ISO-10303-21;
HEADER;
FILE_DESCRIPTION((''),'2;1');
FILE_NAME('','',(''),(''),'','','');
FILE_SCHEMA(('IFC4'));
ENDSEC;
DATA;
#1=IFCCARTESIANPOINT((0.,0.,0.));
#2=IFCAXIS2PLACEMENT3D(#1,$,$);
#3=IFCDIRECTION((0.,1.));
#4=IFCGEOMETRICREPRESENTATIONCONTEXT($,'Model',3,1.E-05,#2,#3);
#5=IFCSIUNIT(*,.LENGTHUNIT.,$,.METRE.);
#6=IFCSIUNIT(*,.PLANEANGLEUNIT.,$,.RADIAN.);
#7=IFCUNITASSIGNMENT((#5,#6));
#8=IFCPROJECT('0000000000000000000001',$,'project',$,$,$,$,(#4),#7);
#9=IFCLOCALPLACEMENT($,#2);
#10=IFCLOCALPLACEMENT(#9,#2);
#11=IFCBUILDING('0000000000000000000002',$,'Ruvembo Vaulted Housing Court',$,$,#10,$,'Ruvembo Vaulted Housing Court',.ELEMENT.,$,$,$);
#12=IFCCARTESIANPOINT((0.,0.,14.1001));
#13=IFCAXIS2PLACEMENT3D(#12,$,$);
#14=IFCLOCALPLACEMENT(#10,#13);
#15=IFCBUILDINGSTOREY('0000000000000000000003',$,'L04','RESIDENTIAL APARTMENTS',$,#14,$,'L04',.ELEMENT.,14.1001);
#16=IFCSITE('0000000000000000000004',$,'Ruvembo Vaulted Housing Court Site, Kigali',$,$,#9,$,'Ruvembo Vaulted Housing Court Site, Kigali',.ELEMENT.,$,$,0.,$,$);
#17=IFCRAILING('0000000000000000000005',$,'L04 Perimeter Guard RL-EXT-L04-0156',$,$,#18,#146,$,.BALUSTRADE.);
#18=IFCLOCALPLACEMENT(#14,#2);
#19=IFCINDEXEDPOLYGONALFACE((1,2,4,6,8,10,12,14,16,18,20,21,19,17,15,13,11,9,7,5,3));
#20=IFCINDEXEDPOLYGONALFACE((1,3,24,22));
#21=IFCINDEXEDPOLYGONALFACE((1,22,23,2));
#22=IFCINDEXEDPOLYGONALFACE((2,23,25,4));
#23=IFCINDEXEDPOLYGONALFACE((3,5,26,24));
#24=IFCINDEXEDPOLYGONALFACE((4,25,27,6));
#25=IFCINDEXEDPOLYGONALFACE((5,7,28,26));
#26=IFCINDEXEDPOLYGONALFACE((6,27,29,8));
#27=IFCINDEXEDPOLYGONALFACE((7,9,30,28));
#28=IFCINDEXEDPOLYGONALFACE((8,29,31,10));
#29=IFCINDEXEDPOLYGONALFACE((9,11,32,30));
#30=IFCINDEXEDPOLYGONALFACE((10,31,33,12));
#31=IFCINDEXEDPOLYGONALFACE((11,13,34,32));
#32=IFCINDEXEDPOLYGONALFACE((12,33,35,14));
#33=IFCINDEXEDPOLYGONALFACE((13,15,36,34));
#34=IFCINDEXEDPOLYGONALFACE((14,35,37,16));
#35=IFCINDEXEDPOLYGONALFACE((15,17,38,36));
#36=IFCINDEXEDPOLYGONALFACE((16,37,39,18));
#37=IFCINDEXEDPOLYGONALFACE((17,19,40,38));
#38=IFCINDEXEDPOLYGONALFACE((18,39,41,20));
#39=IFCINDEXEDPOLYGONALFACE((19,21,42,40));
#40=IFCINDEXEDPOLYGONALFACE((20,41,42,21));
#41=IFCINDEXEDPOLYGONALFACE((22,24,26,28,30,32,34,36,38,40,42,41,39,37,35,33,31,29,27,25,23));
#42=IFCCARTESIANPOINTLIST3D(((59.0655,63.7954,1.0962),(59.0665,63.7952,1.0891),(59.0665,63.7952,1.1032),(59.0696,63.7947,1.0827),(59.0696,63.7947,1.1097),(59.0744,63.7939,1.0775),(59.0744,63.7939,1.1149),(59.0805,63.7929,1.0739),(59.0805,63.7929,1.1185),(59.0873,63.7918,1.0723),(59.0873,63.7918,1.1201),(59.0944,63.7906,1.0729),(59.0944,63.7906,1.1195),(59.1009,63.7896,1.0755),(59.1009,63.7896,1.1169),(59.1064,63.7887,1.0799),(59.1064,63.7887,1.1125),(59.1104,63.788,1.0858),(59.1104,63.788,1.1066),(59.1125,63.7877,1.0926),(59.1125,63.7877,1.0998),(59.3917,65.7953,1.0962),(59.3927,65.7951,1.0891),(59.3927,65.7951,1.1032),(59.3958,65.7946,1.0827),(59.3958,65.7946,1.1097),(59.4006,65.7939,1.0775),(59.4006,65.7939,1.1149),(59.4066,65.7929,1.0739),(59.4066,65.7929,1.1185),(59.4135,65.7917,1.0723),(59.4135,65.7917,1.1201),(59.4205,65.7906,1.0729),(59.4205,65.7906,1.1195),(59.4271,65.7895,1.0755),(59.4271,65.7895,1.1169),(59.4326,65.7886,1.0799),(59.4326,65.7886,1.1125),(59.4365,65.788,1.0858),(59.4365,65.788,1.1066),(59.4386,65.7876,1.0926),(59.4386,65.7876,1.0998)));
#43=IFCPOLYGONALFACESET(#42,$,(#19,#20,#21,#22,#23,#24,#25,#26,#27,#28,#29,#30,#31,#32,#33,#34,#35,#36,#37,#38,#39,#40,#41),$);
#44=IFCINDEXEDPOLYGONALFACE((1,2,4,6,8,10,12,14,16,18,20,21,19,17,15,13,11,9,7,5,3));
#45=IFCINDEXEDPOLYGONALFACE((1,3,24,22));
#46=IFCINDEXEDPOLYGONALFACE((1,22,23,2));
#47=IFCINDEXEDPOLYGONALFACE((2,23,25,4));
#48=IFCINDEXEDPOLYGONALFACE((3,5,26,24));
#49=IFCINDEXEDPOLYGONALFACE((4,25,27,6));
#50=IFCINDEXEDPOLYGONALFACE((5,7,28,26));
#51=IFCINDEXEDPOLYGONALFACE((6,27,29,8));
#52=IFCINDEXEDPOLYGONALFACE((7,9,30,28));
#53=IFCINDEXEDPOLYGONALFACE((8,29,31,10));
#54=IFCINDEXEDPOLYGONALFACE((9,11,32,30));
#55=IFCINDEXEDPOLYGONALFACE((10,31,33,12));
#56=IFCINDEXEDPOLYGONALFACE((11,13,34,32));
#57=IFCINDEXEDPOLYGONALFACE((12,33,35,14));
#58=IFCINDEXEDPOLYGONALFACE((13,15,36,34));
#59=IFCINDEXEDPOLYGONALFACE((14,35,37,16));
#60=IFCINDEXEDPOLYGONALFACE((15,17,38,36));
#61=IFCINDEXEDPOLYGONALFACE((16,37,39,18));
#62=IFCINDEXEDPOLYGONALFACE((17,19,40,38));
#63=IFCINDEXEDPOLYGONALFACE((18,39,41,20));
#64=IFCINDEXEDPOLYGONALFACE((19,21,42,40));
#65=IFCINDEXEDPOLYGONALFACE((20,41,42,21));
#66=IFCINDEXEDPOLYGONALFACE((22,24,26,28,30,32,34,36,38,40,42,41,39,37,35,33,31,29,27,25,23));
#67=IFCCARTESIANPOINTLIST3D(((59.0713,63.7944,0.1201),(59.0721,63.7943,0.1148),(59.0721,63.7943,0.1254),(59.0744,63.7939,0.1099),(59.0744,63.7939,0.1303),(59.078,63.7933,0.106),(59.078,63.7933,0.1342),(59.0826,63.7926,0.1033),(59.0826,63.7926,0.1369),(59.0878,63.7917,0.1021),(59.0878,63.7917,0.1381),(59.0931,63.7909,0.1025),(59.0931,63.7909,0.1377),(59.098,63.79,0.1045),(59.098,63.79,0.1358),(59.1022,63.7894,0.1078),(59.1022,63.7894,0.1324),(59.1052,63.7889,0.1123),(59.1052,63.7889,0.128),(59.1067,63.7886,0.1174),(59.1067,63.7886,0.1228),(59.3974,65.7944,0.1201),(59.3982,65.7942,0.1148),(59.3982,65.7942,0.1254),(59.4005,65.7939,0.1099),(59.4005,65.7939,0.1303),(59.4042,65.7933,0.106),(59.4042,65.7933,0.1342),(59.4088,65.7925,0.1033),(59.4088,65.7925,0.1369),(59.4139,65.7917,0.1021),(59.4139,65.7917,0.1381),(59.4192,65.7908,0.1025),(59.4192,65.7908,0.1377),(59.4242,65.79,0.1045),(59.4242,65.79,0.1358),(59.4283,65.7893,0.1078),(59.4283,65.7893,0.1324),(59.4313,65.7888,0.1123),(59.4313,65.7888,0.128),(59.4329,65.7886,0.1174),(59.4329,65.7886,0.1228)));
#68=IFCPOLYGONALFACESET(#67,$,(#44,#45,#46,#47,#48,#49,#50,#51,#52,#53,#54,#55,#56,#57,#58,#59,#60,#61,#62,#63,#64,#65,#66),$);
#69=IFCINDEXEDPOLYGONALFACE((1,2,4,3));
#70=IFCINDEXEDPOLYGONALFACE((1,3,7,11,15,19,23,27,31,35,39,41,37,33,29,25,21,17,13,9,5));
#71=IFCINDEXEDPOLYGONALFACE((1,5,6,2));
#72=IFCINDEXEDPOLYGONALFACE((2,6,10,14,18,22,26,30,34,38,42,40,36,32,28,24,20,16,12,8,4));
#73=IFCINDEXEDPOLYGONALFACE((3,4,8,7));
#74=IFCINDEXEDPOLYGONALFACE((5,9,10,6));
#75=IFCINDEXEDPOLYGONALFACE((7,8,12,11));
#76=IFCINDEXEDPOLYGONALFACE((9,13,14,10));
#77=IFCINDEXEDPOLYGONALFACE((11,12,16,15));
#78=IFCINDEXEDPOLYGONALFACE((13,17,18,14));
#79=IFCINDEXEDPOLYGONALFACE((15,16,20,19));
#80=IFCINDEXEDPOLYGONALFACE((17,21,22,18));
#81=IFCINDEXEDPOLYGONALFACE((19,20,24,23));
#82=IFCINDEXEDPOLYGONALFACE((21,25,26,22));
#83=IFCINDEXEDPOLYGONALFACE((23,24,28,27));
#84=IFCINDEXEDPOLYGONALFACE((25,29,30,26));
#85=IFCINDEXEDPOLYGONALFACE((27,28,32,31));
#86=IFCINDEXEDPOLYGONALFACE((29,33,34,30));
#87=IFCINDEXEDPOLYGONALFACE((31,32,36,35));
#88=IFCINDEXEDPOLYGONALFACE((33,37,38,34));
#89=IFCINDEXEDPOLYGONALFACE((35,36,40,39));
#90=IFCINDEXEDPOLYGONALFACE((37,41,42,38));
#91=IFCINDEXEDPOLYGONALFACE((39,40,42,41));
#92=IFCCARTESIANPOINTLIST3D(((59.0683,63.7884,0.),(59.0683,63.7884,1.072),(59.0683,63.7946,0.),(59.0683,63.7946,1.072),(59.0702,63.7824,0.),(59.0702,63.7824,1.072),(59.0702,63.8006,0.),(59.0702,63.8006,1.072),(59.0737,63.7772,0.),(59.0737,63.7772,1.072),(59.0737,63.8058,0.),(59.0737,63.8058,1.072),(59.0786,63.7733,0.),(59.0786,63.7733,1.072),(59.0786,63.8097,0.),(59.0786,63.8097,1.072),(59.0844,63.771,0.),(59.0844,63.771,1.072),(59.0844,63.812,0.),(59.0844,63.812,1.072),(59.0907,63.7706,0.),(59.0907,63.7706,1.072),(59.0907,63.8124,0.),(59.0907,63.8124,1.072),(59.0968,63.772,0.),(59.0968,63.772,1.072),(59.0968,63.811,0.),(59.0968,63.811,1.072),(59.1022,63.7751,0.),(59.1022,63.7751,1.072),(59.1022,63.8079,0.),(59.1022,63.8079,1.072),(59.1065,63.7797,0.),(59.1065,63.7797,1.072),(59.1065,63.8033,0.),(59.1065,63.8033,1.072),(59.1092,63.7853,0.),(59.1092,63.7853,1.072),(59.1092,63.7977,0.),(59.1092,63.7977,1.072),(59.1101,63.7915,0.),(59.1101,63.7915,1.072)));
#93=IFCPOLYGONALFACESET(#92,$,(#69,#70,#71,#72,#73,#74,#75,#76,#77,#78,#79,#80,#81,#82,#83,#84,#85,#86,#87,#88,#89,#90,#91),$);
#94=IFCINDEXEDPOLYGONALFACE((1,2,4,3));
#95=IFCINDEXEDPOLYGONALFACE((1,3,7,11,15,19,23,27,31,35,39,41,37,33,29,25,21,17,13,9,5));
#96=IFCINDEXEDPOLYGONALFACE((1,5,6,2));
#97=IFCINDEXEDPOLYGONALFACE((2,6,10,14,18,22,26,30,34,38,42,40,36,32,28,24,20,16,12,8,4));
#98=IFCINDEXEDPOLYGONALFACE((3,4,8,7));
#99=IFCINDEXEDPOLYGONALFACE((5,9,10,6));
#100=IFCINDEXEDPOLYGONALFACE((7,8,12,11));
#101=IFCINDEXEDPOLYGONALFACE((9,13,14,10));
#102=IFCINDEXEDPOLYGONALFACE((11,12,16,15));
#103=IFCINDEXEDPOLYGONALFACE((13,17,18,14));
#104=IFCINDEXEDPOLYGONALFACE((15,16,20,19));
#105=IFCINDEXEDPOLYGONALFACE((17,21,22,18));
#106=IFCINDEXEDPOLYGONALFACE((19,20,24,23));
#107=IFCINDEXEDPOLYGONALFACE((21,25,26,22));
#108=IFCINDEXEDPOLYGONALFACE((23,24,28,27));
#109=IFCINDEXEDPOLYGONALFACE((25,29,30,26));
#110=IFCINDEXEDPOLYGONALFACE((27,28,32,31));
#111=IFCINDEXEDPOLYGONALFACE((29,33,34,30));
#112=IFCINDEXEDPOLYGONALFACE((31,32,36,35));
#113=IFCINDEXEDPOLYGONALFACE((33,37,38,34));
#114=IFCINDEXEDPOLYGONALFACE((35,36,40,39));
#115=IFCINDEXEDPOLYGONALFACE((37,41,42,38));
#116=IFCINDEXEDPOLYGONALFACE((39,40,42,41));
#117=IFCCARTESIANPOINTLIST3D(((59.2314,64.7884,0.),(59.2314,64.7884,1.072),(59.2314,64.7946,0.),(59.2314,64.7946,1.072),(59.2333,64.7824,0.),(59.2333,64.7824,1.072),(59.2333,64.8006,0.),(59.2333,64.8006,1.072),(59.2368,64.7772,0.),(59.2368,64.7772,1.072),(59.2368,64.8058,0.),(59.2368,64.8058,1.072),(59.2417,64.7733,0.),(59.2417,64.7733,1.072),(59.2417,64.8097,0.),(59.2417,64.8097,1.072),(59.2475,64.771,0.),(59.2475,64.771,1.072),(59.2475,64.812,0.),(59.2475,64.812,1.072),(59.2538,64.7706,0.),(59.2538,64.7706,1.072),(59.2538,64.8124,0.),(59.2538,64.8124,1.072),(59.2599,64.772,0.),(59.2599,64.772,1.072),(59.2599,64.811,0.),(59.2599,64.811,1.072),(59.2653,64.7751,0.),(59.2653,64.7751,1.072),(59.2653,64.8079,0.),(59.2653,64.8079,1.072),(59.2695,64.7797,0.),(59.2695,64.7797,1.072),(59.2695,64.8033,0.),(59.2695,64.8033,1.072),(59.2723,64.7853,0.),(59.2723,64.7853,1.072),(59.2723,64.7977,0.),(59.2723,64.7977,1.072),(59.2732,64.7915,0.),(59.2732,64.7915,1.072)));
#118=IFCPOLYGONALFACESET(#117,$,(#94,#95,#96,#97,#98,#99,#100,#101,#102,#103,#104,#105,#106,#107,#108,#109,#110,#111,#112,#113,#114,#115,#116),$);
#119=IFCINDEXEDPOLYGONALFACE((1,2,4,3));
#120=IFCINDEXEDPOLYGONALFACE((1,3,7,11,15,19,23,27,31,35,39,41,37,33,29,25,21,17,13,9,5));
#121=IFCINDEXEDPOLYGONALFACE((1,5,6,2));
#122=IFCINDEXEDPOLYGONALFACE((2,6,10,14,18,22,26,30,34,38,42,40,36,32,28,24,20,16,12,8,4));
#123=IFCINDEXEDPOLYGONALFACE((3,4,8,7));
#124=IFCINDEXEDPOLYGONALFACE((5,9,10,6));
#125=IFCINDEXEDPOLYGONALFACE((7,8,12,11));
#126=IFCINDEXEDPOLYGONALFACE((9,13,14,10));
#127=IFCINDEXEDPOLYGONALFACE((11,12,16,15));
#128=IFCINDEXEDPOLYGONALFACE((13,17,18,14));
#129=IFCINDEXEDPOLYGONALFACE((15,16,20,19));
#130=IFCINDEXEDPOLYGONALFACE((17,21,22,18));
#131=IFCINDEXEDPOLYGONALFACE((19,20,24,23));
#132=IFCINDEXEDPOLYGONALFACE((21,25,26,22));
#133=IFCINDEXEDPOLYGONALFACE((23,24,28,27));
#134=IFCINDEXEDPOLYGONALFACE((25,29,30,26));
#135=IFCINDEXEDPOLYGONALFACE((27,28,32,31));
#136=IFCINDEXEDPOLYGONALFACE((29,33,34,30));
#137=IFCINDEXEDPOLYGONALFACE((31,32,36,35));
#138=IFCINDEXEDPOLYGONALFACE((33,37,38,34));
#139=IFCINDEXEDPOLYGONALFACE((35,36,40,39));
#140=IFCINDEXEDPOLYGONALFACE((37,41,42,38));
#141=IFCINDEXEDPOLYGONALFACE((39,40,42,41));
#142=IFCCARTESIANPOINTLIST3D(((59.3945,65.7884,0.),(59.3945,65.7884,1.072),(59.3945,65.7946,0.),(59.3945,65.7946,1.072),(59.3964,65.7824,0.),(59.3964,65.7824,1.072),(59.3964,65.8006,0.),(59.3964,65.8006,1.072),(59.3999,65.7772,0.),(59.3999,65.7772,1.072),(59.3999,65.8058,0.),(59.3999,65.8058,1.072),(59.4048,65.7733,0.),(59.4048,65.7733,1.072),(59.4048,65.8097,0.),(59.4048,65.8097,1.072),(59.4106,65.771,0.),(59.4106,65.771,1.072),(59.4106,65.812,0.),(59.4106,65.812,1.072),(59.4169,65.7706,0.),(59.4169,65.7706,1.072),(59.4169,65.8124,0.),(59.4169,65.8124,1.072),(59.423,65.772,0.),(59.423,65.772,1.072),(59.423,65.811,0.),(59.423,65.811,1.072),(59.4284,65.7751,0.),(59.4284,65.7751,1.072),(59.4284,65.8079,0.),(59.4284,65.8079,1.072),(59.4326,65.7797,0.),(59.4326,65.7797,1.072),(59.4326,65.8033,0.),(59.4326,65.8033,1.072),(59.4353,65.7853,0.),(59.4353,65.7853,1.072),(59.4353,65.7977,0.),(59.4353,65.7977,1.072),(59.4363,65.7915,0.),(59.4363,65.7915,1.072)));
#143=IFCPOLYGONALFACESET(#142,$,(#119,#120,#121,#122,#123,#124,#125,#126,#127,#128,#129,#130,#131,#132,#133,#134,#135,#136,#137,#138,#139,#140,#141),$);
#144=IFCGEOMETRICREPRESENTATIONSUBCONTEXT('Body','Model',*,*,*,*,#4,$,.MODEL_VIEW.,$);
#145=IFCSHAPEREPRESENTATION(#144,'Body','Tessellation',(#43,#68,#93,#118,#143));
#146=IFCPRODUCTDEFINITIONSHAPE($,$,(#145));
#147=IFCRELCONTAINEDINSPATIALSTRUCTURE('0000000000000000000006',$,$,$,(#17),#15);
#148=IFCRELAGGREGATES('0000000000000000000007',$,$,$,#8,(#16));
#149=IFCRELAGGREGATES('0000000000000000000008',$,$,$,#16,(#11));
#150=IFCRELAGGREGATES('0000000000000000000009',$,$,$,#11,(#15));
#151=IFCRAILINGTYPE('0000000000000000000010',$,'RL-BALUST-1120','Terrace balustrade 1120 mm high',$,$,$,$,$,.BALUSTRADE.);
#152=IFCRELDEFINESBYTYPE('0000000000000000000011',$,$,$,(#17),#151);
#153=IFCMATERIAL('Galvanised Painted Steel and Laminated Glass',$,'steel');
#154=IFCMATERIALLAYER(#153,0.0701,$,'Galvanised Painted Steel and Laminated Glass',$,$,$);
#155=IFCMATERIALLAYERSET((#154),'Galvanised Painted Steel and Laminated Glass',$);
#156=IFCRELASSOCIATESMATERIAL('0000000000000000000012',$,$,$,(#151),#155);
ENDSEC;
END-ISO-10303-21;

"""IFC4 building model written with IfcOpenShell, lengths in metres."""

from ifc_helpers import new_model, si_unit, direction, frame, origin, origin_2d, place, context, subcontext, project, spatial, circle, extrude, material, layer, layer_set, type_object, element, save


model = new_model("IFC4")

# Units and contexts
model_context = context("Model", 3, precision=1e-05, world=origin(), true_north=direction((0.0, 1.0)))
body_context = subcontext(model_context, "Body", "Model", "MODEL_VIEW")
ifc_project = project(units=[si_unit("LENGTHUNIT", "METRE"), si_unit("PLANEANGLEUNIT", "RADIAN")], contexts=[model_context])

# Site, building, storey
site_placement = place(None, origin())
site = spatial("IfcSite", under=ifc_project, at=site_placement, Name="Ruvembo Vaulted Housing Court Site, Kigali", LongName="Ruvembo Vaulted Housing Court Site, Kigali", CompositionType="ELEMENT", RefElevation=0.0)
building_placement = place(site_placement, origin())
building = spatial("IfcBuilding", under=site, at=building_placement, Name="Ruvembo Vaulted Housing Court", LongName="Ruvembo Vaulted Housing Court", CompositionType="ELEMENT")
storey_placement = place(building_placement, frame((0.0, 0.0, 14.1001)))
storey = spatial("IfcBuildingStorey", under=building, at=storey_placement, Name="L04", Description="RESIDENTIAL APARTMENTS", LongName="L04", CompositionType="ELEMENT", Elevation=14.1001)

# Railing
ifc_material_1 = material(Name="Galvanised Painted Steel and Laminated Glass", Category="steel")
ifc_layer_1 = layer(ifc_material_1, 0.0701, Name="Galvanised Painted Steel and Laminated Glass")
ifc_layer_set_1 = layer_set([ifc_layer_1], Name="Galvanised Painted Steel and Laminated Glass")
railing_type = type_object("IfcRailingType", Name="RL-BALUST-1120", Description="Terrace balustrade 1120 mm high", PredefinedType="BALUSTRADE", material=ifc_layer_set_1)
railing_placement = place(storey_placement, frame((59.0891, 63.7915, 0.0)))
element("IfcRailing", 1, at=railing_placement, inside=storey, type_object=railing_type, Name="L04 Perimeter Guard RL-EXT-L04-0156", PredefinedType="BALUSTRADE", context=body_context, shape_type="SweptSolid", body=[
    extrude(circle(Radius=0.0239, at=origin_2d()), frame((0.0, 0.0, 1.0962), z_axis=(0.160959, 0.986961, 0.0), x_axis=(-0.986961, 0.160959, 0.0)), (0.0, 0.0, 1.0), 2.0264),
    extrude(circle(Radius=0.0181, at=origin_2d()), frame((0.0, 0.0, 0.1201), z_axis=(0.160959, 0.986961, 0.0), x_axis=(-0.986961, 0.160959, 0.0)), (0.0, 0.0, 1.0), 2.0264),
    extrude(circle(Radius=0.021, at=origin_2d()), origin(), (0.0, 0.0, 1.0), 1.072),
    extrude(circle(Radius=0.021, at=origin_2d()), frame((0.1631, 1.0, 0.0)), (0.0, 0.0, 1.0), 1.072),
    extrude(circle(Radius=0.021, at=origin_2d()), frame((0.3262, 2.0, 0.0)), (0.0, 0.0, 1.0), 1.072),
])

save(model, "model.ifc")
